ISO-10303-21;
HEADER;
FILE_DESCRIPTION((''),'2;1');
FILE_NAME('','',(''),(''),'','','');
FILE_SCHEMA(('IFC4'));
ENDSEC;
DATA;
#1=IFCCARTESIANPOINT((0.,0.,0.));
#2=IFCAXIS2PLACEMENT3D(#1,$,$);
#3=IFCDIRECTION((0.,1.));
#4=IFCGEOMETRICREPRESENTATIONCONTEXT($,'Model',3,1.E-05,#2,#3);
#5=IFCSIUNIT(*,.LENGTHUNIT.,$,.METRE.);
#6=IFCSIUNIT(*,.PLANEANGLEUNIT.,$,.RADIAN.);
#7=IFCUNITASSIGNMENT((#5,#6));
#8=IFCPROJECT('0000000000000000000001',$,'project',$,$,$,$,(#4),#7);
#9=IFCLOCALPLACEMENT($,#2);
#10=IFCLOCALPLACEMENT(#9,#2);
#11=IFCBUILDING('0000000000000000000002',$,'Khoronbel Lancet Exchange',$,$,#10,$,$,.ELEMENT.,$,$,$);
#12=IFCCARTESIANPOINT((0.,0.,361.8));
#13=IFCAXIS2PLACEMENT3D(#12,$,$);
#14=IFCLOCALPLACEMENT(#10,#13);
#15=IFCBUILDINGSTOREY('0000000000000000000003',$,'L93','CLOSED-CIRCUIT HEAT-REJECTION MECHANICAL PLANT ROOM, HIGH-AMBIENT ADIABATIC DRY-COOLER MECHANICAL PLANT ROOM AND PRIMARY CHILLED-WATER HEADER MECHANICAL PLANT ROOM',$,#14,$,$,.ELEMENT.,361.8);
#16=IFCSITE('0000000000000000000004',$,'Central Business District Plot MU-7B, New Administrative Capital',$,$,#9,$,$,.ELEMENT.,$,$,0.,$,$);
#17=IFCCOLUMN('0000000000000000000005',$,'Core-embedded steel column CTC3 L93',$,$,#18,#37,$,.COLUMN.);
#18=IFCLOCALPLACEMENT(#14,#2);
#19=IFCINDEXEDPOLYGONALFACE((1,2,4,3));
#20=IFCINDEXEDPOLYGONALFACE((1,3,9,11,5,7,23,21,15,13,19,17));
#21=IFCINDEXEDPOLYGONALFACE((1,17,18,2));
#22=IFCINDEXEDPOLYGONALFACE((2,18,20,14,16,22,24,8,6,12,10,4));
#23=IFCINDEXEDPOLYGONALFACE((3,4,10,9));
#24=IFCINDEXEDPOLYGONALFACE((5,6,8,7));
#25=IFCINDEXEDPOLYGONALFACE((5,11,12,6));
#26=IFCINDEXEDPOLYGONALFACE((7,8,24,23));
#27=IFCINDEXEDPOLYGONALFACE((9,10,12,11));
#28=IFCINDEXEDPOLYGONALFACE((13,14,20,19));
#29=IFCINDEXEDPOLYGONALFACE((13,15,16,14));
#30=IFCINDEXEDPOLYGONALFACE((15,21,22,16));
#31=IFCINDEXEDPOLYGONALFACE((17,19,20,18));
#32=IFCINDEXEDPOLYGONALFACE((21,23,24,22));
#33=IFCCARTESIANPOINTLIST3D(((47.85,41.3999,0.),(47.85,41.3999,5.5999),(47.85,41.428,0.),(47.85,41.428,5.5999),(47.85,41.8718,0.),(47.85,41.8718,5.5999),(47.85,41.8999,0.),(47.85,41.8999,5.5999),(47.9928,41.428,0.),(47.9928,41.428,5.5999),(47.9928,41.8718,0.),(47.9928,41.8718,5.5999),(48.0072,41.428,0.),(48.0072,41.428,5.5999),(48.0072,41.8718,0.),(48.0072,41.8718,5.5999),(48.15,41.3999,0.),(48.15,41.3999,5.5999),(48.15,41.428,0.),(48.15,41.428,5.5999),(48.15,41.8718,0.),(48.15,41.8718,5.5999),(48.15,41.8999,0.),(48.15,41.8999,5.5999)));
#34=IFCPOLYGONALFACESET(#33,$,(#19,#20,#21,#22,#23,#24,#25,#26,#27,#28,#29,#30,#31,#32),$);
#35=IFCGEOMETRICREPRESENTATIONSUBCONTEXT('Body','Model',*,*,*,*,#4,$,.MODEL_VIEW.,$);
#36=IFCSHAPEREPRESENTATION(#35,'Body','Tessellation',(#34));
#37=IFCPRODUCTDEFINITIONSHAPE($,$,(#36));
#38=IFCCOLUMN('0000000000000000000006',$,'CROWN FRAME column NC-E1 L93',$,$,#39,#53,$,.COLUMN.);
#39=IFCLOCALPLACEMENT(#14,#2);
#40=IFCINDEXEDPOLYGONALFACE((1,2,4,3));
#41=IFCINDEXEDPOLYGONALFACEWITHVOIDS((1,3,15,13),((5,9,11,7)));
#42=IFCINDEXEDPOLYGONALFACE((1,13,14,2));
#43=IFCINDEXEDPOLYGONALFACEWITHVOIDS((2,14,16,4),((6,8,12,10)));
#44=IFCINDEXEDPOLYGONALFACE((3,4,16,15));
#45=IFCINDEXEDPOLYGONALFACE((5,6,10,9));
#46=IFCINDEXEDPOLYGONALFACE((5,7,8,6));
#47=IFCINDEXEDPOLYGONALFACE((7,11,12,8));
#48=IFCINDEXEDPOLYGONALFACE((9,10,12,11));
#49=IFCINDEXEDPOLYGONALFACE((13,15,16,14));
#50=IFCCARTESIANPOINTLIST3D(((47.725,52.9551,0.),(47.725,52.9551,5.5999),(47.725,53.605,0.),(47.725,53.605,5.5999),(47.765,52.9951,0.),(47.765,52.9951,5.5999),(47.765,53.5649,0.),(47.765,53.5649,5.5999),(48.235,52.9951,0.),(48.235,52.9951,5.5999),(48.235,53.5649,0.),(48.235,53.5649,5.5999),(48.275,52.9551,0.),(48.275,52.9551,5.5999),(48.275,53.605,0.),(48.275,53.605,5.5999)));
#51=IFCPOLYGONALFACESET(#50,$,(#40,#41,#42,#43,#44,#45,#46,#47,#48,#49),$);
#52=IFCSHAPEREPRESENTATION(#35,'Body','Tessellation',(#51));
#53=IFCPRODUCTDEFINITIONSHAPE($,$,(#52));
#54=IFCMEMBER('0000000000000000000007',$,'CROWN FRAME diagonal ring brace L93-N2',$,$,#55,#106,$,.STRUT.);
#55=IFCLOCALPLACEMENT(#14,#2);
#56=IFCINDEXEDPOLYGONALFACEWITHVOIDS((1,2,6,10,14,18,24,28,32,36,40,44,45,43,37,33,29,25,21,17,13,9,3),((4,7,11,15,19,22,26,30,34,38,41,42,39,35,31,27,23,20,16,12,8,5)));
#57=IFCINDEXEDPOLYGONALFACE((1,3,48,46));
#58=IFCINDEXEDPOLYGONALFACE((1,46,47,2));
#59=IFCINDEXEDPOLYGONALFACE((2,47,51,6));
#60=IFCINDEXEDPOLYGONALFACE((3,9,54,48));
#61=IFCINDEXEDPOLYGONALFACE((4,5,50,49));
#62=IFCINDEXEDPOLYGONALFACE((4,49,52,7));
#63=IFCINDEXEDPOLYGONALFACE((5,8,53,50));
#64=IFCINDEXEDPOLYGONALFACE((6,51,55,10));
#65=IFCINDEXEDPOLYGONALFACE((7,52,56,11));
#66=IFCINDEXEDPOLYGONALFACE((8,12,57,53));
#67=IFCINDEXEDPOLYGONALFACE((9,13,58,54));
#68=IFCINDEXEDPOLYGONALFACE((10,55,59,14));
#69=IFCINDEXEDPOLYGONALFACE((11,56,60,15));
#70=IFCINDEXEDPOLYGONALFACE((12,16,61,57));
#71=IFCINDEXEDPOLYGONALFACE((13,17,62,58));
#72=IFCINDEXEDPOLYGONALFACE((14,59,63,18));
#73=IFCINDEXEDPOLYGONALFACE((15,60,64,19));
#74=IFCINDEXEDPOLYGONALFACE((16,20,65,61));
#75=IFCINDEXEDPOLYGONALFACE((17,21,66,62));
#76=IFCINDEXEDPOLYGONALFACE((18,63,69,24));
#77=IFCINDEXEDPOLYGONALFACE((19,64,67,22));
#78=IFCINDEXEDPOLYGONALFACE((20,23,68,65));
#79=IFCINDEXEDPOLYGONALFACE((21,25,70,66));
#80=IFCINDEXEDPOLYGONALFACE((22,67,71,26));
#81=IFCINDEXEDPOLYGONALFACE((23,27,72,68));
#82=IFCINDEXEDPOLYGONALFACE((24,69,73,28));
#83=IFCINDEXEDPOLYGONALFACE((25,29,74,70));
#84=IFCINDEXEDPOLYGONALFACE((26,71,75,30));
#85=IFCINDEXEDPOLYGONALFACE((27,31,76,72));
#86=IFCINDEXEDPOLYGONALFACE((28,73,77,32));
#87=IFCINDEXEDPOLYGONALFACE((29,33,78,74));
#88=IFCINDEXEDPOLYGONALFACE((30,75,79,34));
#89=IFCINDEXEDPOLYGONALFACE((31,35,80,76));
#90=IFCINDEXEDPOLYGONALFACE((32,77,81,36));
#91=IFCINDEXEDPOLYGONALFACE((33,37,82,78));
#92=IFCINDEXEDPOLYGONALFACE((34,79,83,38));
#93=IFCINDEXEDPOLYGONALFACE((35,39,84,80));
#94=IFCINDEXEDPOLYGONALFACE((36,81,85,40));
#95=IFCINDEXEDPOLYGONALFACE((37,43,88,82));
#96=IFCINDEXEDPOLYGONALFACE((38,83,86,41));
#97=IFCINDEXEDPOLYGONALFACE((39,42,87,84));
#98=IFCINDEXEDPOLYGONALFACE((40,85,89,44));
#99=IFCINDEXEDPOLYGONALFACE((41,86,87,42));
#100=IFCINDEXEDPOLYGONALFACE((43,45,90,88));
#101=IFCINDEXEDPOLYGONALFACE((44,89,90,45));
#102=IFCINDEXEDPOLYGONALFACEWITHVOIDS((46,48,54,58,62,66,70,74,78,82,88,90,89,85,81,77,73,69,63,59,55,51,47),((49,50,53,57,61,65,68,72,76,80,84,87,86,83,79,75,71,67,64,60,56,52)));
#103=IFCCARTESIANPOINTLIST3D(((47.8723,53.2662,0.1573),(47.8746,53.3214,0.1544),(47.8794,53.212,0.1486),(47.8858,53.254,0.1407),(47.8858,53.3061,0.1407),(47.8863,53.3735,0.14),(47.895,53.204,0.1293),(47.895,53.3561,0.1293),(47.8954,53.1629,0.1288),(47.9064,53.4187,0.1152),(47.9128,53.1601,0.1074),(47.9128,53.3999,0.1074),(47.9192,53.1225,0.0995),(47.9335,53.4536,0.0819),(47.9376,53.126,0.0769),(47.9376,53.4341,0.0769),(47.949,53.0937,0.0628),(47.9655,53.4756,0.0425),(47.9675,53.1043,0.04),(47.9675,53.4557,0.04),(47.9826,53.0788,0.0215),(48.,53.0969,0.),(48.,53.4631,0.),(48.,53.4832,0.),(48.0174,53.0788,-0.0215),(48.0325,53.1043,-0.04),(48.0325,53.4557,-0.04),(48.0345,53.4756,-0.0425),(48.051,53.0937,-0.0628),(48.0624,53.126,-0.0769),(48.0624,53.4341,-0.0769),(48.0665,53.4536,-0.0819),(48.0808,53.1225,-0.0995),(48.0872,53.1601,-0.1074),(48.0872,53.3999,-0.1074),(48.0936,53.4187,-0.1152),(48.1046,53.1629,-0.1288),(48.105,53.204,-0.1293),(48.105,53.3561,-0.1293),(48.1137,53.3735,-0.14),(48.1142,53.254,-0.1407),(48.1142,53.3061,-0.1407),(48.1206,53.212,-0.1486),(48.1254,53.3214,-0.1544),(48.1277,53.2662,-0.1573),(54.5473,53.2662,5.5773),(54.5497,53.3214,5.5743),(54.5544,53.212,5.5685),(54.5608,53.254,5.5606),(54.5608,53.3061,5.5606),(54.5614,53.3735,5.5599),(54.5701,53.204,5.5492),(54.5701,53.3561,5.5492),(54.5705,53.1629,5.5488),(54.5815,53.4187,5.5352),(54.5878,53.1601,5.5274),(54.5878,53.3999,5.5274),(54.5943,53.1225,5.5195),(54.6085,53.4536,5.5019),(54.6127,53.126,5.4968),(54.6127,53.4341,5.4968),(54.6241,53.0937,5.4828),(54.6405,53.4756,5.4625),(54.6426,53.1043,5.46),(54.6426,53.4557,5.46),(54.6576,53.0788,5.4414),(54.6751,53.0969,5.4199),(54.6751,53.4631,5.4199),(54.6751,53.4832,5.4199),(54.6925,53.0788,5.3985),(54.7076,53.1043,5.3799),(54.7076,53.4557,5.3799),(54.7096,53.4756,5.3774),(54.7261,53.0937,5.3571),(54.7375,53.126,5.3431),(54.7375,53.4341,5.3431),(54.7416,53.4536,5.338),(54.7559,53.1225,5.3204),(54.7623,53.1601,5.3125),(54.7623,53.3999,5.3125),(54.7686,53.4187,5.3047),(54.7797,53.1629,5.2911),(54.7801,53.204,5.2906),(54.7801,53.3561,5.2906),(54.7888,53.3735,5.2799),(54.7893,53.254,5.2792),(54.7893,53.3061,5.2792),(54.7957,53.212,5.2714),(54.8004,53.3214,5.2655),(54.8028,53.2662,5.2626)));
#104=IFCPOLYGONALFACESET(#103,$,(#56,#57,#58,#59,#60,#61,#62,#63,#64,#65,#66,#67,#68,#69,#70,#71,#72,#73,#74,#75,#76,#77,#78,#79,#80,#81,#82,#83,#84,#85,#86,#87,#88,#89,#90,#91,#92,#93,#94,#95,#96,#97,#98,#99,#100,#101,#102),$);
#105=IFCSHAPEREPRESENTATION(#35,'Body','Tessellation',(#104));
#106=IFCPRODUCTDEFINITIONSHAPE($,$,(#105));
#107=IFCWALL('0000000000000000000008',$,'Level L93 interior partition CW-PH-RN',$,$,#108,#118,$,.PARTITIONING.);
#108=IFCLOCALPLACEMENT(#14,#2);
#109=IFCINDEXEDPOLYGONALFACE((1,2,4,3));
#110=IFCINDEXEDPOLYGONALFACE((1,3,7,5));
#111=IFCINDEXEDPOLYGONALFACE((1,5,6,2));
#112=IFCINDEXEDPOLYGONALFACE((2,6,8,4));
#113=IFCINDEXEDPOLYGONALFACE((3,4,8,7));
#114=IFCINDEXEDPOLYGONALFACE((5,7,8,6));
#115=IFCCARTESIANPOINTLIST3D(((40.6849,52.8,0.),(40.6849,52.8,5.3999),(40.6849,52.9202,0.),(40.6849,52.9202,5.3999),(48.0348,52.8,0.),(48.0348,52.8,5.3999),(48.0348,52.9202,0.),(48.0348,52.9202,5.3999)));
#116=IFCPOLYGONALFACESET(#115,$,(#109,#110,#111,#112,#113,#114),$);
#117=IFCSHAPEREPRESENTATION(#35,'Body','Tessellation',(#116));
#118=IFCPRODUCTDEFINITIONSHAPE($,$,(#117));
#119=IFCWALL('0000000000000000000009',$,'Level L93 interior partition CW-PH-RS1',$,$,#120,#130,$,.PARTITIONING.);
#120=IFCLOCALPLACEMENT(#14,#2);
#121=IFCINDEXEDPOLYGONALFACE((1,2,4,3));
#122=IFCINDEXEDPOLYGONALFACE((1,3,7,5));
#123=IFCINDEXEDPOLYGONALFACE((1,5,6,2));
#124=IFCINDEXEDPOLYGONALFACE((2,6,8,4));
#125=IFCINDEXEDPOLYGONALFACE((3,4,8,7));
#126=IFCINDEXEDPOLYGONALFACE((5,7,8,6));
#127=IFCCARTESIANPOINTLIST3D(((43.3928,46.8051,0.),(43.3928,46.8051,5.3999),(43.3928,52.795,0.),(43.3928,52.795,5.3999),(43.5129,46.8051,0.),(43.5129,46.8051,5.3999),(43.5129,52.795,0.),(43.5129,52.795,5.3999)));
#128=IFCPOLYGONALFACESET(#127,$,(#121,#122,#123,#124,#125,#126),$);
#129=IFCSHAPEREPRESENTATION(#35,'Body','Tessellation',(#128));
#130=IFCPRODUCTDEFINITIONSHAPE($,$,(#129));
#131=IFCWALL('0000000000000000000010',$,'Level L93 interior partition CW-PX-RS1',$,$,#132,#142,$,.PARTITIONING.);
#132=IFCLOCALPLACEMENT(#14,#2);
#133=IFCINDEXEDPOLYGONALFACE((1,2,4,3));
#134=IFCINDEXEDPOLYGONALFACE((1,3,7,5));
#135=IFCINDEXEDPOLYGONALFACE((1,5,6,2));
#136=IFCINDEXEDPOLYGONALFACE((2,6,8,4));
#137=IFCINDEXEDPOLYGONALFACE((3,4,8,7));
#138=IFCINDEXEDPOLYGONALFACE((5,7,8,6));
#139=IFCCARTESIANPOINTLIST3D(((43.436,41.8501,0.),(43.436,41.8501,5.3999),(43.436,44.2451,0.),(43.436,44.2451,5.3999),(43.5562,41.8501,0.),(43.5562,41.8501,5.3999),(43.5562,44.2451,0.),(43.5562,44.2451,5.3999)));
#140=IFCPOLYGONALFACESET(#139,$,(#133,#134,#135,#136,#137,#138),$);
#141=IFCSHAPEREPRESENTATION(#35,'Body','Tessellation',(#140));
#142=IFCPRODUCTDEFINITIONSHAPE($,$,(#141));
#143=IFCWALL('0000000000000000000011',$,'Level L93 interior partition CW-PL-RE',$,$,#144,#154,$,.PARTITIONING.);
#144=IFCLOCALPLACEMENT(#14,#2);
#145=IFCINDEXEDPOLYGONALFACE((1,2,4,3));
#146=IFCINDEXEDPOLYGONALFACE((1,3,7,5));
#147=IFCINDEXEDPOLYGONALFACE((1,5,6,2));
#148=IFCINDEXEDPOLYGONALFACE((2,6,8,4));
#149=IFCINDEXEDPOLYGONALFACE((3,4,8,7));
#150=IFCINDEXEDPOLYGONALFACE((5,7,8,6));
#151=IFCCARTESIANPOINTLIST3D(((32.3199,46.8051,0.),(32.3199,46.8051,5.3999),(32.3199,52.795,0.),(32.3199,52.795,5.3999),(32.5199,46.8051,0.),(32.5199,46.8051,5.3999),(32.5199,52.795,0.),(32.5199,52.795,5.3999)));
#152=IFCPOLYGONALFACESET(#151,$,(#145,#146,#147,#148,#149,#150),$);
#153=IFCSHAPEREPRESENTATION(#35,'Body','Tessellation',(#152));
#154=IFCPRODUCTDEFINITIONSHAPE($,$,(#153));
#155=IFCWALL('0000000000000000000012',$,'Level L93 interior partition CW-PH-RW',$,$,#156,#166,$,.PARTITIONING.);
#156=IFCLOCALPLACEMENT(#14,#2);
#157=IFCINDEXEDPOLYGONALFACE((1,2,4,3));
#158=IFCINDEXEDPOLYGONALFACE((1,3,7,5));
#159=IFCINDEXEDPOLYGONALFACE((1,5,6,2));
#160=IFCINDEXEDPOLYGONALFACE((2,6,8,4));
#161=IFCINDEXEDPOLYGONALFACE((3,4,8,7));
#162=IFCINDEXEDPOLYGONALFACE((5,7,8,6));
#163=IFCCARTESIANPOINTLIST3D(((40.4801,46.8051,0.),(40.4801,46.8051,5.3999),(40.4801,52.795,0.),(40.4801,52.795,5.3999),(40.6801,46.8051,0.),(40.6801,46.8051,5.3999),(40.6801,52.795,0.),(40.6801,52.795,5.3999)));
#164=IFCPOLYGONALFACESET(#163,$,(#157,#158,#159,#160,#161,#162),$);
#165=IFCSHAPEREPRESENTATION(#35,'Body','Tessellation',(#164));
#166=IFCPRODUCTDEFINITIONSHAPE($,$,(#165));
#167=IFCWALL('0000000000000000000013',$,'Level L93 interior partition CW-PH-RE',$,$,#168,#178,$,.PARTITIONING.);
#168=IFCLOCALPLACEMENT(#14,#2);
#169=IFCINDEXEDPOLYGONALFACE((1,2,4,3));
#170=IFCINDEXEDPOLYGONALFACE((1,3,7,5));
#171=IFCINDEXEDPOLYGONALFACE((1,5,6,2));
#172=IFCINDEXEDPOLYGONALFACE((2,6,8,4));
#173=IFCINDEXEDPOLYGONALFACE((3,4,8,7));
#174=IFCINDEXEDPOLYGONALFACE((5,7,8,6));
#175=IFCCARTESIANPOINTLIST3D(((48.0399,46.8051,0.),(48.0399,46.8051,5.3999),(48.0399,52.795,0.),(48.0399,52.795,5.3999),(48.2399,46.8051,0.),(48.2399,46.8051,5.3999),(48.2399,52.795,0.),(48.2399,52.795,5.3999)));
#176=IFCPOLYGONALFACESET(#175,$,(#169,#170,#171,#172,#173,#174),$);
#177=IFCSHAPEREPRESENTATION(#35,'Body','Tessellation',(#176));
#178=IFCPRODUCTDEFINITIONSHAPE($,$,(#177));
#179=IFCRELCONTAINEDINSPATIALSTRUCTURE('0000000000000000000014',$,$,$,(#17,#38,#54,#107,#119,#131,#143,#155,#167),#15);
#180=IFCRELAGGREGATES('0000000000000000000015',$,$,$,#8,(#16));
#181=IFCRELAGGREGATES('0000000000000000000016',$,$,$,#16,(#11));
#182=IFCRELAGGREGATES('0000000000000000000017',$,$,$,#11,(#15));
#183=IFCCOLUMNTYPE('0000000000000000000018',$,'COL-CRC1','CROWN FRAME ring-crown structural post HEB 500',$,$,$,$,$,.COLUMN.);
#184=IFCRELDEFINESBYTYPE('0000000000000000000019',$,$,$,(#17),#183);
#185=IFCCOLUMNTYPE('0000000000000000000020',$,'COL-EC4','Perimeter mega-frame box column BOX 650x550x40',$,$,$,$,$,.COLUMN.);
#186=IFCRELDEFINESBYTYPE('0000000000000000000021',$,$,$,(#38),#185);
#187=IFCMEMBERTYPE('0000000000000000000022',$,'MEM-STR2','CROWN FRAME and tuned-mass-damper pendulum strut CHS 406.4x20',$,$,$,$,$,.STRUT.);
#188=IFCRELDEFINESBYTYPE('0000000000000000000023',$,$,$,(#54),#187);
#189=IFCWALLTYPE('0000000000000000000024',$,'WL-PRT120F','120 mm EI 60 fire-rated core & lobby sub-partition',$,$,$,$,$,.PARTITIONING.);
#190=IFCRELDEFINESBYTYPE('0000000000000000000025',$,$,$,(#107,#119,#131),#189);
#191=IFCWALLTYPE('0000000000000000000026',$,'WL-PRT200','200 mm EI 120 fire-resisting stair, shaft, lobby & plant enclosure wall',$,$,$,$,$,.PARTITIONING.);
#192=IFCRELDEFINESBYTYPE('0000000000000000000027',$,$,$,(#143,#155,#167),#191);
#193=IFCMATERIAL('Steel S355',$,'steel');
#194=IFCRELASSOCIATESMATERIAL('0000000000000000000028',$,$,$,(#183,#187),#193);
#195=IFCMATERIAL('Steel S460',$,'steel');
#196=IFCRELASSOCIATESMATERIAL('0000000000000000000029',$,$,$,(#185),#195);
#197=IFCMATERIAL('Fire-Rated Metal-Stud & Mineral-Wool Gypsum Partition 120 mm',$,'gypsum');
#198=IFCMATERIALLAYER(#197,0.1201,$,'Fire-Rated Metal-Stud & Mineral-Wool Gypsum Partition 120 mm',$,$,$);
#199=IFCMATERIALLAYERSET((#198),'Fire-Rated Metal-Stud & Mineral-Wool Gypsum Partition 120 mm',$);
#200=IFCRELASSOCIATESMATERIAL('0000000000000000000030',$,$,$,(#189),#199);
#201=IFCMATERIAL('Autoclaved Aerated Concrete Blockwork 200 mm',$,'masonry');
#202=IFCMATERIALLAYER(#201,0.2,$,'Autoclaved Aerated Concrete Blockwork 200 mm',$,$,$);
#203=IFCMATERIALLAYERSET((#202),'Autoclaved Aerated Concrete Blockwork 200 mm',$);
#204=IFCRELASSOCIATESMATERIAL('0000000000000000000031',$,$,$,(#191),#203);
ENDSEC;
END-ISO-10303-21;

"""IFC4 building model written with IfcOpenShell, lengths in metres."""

from ifc_helpers import new_model, si_unit, direction, frame, frame_2d, origin, origin_2d, place, context, subcontext, project, spatial, rectangle, hollow_rectangle, hollow_circle, i_section, extrude, material, layer, layer_set, material_profile, profile_set, type_object, element, save


model = new_model("IFC4")

# Units and contexts
model_context = context("Model", 3, precision=1e-05, world=origin(), true_north=direction((0.0, 1.0)))
body_context = subcontext(model_context, "Body", "Model", "MODEL_VIEW")
ifc_project = project(units=[si_unit("LENGTHUNIT", "METRE"), si_unit("PLANEANGLEUNIT", "RADIAN")], contexts=[model_context])

# Site, building, storey
site_placement = place(None, origin())
site = spatial("IfcSite", under=ifc_project, at=site_placement, Name="Central Business District Plot MU-7B, New Administrative Capital", CompositionType="ELEMENT", RefElevation=0.0)
building_placement = place(site_placement, origin())
building = spatial("IfcBuilding", under=site, at=building_placement, Name="Khoronbel Lancet Exchange", CompositionType="ELEMENT")
storey_placement = place(building_placement, frame((0.0, 0.0, 361.8)))
storey = spatial("IfcBuildingStorey", under=building, at=storey_placement, Name="L93", Description="CLOSED-CIRCUIT HEAT-REJECTION MECHANICAL PLANT ROOM, HIGH-AMBIENT ADIABATIC DRY-COOLER MECHANICAL PLANT ROOM AND PRIMARY CHILLED-WATER HEADER MECHANICAL PLANT ROOM", CompositionType="ELEMENT", Elevation=361.8)

# Columns
ifc_material_1 = material(Name="Steel S355", Category="steel")
ifc_material_profile_1 = material_profile(ifc_material_1, i_section(OverallWidth=0.3, OverallDepth=0.5, WebThickness=0.0144, FlangeThickness=0.0281, at=origin_2d()), Name="HEB 500")
ifc_profile_set_1 = profile_set([ifc_material_profile_1], Name="Steel S355")
column_type_1 = type_object("IfcColumnType", Name="COL-CRC1", Description="CROWN FRAME ring-crown structural post HEB 500", PredefinedType="COLUMN", material=ifc_profile_set_1)
column_1_placement = place(storey_placement, frame((48.0, 41.6499, 0.0), z_axis=(0.0, 0.0, 1.0), x_axis=(1.0, 0.0, 0.0)))
element("IfcColumn", 1, at=column_1_placement, inside=storey, type_object=column_type_1, Name="Core-embedded steel column CTC3 L93", PredefinedType="COLUMN", context=body_context, shape_type="SweptSolid", body=[
    extrude(i_section(OverallWidth=0.3, OverallDepth=0.5, WebThickness=0.0144, FlangeThickness=0.0281, at=origin_2d()), origin(), (0.0, 0.0, 1.0), 5.5999),
])
ifc_material_2 = material(Name="Steel S460", Category="steel")
ifc_material_profile_2 = material_profile(ifc_material_2, hollow_rectangle(XDim=0.55, YDim=0.6499, WallThickness=0.04, at=origin_2d()), Name="BOX 650x550x40")
ifc_profile_set_2 = profile_set([ifc_material_profile_2], Name="Steel S460")
column_type_2 = type_object("IfcColumnType", Name="COL-EC4", Description="Perimeter mega-frame box column BOX 650x550x40", PredefinedType="COLUMN", material=ifc_profile_set_2)
column_2_placement = place(storey_placement, frame((48.0, 53.28, 0.0), z_axis=(0.0, 0.0, 1.0), x_axis=(1.0, 0.0, 0.0)))
element("IfcColumn", 2, at=column_2_placement, inside=storey, type_object=column_type_2, Name="CROWN FRAME column NC-E1 L93", PredefinedType="COLUMN", context=body_context, shape_type="SweptSolid", body=[
    extrude(hollow_rectangle(XDim=0.55, YDim=0.6499, WallThickness=0.04, at=origin_2d()), origin(), (0.0, 0.0, 1.0), 5.5999),
])

# Member
ifc_material_profile_3 = material_profile(ifc_material_1, hollow_circle(Radius=0.2031, WallThickness=0.02, at=origin_2d()), Name="CHS 406.4x20")
ifc_profile_set_3 = profile_set([ifc_material_profile_3], Name="Steel S355")
member_type = type_object("IfcMemberType", Name="MEM-STR2", Description="CROWN FRAME and tuned-mass-damper pendulum strut CHS 406.4x20", PredefinedType="STRUT", material=ifc_profile_set_3)
member_placement = place(storey_placement, frame((48.0, 53.28, 0.0), z_axis=(0.776316, 0.0, 0.630344), x_axis=(0.0, 1.0, 0.0)))
element("IfcMember", 3, at=member_placement, inside=storey, type_object=member_type, Name="CROWN FRAME diagonal ring brace L93-N2", PredefinedType="STRUT", context=body_context, shape_type="SweptSolid", body=[
    extrude(hollow_circle(Radius=0.2031, WallThickness=0.02, at=origin_2d()), origin(), (0.0, 0.0, 1.0), 8.5984),
])

# Walls
ifc_material_3 = material(Name="Fire-Rated Metal-Stud & Mineral-Wool Gypsum Partition 120 mm", Category="gypsum")
ifc_layer_1 = layer(ifc_material_3, 0.1201, Name="Fire-Rated Metal-Stud & Mineral-Wool Gypsum Partition 120 mm")
ifc_layer_set_1 = layer_set([ifc_layer_1], Name="Fire-Rated Metal-Stud & Mineral-Wool Gypsum Partition 120 mm")
wall_type_1 = type_object("IfcWallType", Name="WL-PRT120F", Description="120 mm EI 60 fire-rated core & lobby sub-partition", PredefinedType="PARTITIONING", material=ifc_layer_set_1)
wall_1_placement = place(storey_placement, frame((40.6851, 52.8601, 0.0), z_axis=(0.0, 0.0, 1.0), x_axis=(1.0, 0.0, 0.0)))
element("IfcWall", 4, at=wall_1_placement, inside=storey, type_object=wall_type_1, Name="Level L93 interior partition CW-PH-RN", PredefinedType="PARTITIONING", context=body_context, shape_type="SweptSolid", body=[
    extrude(rectangle(XDim=7.3499, YDim=0.1201, at=frame_2d((3.6748, 0.0))), origin(), (0.0, 0.0, 1.0), 5.3999),
])
wall_2_placement = place(storey_placement, frame((43.4529, 46.8049, 0.0), z_axis=(0.0, 0.0, 1.0), x_axis=(0.0, 1.0, 0.0)))
element("IfcWall", 5, at=wall_2_placement, inside=storey, type_object=wall_type_1, Name="Level L93 interior partition CW-PH-RS1", PredefinedType="PARTITIONING", context=body_context, shape_type="SweptSolid", body=[
    extrude(rectangle(XDim=5.99, YDim=0.1201, at=frame_2d((2.9951, 0.0))), origin(), (0.0, 0.0, 1.0), 5.3999),
])
wall_3_placement = place(storey_placement, frame((43.4961, 41.8501, 0.0), z_axis=(0.0, 0.0, 1.0), x_axis=(0.0, 1.0, 0.0)))
element("IfcWall", 6, at=wall_3_placement, inside=storey, type_object=wall_type_1, Name="Level L93 interior partition CW-PX-RS1", PredefinedType="PARTITIONING", context=body_context, shape_type="SweptSolid", body=[
    extrude(rectangle(XDim=2.395, YDim=0.1201, at=frame_2d((1.1975, 0.0))), origin(), (0.0, 0.0, 1.0), 5.3999),
])
ifc_material_4 = material(Name="Autoclaved Aerated Concrete Blockwork 200 mm", Category="masonry")
ifc_layer_2 = layer(ifc_material_4, 0.2, Name="Autoclaved Aerated Concrete Blockwork 200 mm")
ifc_layer_set_2 = layer_set([ifc_layer_2], Name="Autoclaved Aerated Concrete Blockwork 200 mm")
wall_type_2 = type_object("IfcWallType", Name="WL-PRT200", Description="200 mm EI 120 fire-resisting stair, shaft, lobby & plant enclosure wall", PredefinedType="PARTITIONING", material=ifc_layer_set_2)
for number, where, z_axis, x_axis, name in (
    (7, (32.4199, 46.8049, 0.0), (0.0, 0.0, 1.0), (0.0, 1.0, 0.0), "Level L93 interior partition CW-PL-RE"),
    (8, (40.5801, 46.8049, 0.0), (0.0, 0.0, 1.0), (0.0, 1.0, 0.0), "Level L93 interior partition CW-PH-RW"),
    (9, (48.1399, 46.8049, 0.0), (0.0, 0.0, 1.0), (0.0, 1.0, 0.0), "Level L93 interior partition CW-PH-RE"),
):
    element("IfcWall", number, at=place(storey_placement, frame(where, z_axis=z_axis, x_axis=x_axis)), inside=storey, type_object=wall_type_2, Name=name, PredefinedType="PARTITIONING", context=body_context, shape_type="SweptSolid", body=[
        extrude(rectangle(XDim=5.99, YDim=0.2, at=frame_2d((2.9951, 0.0))), origin(), (0.0, 0.0, 1.0), 5.3999),
    ])

save(model, "model.ifc")
